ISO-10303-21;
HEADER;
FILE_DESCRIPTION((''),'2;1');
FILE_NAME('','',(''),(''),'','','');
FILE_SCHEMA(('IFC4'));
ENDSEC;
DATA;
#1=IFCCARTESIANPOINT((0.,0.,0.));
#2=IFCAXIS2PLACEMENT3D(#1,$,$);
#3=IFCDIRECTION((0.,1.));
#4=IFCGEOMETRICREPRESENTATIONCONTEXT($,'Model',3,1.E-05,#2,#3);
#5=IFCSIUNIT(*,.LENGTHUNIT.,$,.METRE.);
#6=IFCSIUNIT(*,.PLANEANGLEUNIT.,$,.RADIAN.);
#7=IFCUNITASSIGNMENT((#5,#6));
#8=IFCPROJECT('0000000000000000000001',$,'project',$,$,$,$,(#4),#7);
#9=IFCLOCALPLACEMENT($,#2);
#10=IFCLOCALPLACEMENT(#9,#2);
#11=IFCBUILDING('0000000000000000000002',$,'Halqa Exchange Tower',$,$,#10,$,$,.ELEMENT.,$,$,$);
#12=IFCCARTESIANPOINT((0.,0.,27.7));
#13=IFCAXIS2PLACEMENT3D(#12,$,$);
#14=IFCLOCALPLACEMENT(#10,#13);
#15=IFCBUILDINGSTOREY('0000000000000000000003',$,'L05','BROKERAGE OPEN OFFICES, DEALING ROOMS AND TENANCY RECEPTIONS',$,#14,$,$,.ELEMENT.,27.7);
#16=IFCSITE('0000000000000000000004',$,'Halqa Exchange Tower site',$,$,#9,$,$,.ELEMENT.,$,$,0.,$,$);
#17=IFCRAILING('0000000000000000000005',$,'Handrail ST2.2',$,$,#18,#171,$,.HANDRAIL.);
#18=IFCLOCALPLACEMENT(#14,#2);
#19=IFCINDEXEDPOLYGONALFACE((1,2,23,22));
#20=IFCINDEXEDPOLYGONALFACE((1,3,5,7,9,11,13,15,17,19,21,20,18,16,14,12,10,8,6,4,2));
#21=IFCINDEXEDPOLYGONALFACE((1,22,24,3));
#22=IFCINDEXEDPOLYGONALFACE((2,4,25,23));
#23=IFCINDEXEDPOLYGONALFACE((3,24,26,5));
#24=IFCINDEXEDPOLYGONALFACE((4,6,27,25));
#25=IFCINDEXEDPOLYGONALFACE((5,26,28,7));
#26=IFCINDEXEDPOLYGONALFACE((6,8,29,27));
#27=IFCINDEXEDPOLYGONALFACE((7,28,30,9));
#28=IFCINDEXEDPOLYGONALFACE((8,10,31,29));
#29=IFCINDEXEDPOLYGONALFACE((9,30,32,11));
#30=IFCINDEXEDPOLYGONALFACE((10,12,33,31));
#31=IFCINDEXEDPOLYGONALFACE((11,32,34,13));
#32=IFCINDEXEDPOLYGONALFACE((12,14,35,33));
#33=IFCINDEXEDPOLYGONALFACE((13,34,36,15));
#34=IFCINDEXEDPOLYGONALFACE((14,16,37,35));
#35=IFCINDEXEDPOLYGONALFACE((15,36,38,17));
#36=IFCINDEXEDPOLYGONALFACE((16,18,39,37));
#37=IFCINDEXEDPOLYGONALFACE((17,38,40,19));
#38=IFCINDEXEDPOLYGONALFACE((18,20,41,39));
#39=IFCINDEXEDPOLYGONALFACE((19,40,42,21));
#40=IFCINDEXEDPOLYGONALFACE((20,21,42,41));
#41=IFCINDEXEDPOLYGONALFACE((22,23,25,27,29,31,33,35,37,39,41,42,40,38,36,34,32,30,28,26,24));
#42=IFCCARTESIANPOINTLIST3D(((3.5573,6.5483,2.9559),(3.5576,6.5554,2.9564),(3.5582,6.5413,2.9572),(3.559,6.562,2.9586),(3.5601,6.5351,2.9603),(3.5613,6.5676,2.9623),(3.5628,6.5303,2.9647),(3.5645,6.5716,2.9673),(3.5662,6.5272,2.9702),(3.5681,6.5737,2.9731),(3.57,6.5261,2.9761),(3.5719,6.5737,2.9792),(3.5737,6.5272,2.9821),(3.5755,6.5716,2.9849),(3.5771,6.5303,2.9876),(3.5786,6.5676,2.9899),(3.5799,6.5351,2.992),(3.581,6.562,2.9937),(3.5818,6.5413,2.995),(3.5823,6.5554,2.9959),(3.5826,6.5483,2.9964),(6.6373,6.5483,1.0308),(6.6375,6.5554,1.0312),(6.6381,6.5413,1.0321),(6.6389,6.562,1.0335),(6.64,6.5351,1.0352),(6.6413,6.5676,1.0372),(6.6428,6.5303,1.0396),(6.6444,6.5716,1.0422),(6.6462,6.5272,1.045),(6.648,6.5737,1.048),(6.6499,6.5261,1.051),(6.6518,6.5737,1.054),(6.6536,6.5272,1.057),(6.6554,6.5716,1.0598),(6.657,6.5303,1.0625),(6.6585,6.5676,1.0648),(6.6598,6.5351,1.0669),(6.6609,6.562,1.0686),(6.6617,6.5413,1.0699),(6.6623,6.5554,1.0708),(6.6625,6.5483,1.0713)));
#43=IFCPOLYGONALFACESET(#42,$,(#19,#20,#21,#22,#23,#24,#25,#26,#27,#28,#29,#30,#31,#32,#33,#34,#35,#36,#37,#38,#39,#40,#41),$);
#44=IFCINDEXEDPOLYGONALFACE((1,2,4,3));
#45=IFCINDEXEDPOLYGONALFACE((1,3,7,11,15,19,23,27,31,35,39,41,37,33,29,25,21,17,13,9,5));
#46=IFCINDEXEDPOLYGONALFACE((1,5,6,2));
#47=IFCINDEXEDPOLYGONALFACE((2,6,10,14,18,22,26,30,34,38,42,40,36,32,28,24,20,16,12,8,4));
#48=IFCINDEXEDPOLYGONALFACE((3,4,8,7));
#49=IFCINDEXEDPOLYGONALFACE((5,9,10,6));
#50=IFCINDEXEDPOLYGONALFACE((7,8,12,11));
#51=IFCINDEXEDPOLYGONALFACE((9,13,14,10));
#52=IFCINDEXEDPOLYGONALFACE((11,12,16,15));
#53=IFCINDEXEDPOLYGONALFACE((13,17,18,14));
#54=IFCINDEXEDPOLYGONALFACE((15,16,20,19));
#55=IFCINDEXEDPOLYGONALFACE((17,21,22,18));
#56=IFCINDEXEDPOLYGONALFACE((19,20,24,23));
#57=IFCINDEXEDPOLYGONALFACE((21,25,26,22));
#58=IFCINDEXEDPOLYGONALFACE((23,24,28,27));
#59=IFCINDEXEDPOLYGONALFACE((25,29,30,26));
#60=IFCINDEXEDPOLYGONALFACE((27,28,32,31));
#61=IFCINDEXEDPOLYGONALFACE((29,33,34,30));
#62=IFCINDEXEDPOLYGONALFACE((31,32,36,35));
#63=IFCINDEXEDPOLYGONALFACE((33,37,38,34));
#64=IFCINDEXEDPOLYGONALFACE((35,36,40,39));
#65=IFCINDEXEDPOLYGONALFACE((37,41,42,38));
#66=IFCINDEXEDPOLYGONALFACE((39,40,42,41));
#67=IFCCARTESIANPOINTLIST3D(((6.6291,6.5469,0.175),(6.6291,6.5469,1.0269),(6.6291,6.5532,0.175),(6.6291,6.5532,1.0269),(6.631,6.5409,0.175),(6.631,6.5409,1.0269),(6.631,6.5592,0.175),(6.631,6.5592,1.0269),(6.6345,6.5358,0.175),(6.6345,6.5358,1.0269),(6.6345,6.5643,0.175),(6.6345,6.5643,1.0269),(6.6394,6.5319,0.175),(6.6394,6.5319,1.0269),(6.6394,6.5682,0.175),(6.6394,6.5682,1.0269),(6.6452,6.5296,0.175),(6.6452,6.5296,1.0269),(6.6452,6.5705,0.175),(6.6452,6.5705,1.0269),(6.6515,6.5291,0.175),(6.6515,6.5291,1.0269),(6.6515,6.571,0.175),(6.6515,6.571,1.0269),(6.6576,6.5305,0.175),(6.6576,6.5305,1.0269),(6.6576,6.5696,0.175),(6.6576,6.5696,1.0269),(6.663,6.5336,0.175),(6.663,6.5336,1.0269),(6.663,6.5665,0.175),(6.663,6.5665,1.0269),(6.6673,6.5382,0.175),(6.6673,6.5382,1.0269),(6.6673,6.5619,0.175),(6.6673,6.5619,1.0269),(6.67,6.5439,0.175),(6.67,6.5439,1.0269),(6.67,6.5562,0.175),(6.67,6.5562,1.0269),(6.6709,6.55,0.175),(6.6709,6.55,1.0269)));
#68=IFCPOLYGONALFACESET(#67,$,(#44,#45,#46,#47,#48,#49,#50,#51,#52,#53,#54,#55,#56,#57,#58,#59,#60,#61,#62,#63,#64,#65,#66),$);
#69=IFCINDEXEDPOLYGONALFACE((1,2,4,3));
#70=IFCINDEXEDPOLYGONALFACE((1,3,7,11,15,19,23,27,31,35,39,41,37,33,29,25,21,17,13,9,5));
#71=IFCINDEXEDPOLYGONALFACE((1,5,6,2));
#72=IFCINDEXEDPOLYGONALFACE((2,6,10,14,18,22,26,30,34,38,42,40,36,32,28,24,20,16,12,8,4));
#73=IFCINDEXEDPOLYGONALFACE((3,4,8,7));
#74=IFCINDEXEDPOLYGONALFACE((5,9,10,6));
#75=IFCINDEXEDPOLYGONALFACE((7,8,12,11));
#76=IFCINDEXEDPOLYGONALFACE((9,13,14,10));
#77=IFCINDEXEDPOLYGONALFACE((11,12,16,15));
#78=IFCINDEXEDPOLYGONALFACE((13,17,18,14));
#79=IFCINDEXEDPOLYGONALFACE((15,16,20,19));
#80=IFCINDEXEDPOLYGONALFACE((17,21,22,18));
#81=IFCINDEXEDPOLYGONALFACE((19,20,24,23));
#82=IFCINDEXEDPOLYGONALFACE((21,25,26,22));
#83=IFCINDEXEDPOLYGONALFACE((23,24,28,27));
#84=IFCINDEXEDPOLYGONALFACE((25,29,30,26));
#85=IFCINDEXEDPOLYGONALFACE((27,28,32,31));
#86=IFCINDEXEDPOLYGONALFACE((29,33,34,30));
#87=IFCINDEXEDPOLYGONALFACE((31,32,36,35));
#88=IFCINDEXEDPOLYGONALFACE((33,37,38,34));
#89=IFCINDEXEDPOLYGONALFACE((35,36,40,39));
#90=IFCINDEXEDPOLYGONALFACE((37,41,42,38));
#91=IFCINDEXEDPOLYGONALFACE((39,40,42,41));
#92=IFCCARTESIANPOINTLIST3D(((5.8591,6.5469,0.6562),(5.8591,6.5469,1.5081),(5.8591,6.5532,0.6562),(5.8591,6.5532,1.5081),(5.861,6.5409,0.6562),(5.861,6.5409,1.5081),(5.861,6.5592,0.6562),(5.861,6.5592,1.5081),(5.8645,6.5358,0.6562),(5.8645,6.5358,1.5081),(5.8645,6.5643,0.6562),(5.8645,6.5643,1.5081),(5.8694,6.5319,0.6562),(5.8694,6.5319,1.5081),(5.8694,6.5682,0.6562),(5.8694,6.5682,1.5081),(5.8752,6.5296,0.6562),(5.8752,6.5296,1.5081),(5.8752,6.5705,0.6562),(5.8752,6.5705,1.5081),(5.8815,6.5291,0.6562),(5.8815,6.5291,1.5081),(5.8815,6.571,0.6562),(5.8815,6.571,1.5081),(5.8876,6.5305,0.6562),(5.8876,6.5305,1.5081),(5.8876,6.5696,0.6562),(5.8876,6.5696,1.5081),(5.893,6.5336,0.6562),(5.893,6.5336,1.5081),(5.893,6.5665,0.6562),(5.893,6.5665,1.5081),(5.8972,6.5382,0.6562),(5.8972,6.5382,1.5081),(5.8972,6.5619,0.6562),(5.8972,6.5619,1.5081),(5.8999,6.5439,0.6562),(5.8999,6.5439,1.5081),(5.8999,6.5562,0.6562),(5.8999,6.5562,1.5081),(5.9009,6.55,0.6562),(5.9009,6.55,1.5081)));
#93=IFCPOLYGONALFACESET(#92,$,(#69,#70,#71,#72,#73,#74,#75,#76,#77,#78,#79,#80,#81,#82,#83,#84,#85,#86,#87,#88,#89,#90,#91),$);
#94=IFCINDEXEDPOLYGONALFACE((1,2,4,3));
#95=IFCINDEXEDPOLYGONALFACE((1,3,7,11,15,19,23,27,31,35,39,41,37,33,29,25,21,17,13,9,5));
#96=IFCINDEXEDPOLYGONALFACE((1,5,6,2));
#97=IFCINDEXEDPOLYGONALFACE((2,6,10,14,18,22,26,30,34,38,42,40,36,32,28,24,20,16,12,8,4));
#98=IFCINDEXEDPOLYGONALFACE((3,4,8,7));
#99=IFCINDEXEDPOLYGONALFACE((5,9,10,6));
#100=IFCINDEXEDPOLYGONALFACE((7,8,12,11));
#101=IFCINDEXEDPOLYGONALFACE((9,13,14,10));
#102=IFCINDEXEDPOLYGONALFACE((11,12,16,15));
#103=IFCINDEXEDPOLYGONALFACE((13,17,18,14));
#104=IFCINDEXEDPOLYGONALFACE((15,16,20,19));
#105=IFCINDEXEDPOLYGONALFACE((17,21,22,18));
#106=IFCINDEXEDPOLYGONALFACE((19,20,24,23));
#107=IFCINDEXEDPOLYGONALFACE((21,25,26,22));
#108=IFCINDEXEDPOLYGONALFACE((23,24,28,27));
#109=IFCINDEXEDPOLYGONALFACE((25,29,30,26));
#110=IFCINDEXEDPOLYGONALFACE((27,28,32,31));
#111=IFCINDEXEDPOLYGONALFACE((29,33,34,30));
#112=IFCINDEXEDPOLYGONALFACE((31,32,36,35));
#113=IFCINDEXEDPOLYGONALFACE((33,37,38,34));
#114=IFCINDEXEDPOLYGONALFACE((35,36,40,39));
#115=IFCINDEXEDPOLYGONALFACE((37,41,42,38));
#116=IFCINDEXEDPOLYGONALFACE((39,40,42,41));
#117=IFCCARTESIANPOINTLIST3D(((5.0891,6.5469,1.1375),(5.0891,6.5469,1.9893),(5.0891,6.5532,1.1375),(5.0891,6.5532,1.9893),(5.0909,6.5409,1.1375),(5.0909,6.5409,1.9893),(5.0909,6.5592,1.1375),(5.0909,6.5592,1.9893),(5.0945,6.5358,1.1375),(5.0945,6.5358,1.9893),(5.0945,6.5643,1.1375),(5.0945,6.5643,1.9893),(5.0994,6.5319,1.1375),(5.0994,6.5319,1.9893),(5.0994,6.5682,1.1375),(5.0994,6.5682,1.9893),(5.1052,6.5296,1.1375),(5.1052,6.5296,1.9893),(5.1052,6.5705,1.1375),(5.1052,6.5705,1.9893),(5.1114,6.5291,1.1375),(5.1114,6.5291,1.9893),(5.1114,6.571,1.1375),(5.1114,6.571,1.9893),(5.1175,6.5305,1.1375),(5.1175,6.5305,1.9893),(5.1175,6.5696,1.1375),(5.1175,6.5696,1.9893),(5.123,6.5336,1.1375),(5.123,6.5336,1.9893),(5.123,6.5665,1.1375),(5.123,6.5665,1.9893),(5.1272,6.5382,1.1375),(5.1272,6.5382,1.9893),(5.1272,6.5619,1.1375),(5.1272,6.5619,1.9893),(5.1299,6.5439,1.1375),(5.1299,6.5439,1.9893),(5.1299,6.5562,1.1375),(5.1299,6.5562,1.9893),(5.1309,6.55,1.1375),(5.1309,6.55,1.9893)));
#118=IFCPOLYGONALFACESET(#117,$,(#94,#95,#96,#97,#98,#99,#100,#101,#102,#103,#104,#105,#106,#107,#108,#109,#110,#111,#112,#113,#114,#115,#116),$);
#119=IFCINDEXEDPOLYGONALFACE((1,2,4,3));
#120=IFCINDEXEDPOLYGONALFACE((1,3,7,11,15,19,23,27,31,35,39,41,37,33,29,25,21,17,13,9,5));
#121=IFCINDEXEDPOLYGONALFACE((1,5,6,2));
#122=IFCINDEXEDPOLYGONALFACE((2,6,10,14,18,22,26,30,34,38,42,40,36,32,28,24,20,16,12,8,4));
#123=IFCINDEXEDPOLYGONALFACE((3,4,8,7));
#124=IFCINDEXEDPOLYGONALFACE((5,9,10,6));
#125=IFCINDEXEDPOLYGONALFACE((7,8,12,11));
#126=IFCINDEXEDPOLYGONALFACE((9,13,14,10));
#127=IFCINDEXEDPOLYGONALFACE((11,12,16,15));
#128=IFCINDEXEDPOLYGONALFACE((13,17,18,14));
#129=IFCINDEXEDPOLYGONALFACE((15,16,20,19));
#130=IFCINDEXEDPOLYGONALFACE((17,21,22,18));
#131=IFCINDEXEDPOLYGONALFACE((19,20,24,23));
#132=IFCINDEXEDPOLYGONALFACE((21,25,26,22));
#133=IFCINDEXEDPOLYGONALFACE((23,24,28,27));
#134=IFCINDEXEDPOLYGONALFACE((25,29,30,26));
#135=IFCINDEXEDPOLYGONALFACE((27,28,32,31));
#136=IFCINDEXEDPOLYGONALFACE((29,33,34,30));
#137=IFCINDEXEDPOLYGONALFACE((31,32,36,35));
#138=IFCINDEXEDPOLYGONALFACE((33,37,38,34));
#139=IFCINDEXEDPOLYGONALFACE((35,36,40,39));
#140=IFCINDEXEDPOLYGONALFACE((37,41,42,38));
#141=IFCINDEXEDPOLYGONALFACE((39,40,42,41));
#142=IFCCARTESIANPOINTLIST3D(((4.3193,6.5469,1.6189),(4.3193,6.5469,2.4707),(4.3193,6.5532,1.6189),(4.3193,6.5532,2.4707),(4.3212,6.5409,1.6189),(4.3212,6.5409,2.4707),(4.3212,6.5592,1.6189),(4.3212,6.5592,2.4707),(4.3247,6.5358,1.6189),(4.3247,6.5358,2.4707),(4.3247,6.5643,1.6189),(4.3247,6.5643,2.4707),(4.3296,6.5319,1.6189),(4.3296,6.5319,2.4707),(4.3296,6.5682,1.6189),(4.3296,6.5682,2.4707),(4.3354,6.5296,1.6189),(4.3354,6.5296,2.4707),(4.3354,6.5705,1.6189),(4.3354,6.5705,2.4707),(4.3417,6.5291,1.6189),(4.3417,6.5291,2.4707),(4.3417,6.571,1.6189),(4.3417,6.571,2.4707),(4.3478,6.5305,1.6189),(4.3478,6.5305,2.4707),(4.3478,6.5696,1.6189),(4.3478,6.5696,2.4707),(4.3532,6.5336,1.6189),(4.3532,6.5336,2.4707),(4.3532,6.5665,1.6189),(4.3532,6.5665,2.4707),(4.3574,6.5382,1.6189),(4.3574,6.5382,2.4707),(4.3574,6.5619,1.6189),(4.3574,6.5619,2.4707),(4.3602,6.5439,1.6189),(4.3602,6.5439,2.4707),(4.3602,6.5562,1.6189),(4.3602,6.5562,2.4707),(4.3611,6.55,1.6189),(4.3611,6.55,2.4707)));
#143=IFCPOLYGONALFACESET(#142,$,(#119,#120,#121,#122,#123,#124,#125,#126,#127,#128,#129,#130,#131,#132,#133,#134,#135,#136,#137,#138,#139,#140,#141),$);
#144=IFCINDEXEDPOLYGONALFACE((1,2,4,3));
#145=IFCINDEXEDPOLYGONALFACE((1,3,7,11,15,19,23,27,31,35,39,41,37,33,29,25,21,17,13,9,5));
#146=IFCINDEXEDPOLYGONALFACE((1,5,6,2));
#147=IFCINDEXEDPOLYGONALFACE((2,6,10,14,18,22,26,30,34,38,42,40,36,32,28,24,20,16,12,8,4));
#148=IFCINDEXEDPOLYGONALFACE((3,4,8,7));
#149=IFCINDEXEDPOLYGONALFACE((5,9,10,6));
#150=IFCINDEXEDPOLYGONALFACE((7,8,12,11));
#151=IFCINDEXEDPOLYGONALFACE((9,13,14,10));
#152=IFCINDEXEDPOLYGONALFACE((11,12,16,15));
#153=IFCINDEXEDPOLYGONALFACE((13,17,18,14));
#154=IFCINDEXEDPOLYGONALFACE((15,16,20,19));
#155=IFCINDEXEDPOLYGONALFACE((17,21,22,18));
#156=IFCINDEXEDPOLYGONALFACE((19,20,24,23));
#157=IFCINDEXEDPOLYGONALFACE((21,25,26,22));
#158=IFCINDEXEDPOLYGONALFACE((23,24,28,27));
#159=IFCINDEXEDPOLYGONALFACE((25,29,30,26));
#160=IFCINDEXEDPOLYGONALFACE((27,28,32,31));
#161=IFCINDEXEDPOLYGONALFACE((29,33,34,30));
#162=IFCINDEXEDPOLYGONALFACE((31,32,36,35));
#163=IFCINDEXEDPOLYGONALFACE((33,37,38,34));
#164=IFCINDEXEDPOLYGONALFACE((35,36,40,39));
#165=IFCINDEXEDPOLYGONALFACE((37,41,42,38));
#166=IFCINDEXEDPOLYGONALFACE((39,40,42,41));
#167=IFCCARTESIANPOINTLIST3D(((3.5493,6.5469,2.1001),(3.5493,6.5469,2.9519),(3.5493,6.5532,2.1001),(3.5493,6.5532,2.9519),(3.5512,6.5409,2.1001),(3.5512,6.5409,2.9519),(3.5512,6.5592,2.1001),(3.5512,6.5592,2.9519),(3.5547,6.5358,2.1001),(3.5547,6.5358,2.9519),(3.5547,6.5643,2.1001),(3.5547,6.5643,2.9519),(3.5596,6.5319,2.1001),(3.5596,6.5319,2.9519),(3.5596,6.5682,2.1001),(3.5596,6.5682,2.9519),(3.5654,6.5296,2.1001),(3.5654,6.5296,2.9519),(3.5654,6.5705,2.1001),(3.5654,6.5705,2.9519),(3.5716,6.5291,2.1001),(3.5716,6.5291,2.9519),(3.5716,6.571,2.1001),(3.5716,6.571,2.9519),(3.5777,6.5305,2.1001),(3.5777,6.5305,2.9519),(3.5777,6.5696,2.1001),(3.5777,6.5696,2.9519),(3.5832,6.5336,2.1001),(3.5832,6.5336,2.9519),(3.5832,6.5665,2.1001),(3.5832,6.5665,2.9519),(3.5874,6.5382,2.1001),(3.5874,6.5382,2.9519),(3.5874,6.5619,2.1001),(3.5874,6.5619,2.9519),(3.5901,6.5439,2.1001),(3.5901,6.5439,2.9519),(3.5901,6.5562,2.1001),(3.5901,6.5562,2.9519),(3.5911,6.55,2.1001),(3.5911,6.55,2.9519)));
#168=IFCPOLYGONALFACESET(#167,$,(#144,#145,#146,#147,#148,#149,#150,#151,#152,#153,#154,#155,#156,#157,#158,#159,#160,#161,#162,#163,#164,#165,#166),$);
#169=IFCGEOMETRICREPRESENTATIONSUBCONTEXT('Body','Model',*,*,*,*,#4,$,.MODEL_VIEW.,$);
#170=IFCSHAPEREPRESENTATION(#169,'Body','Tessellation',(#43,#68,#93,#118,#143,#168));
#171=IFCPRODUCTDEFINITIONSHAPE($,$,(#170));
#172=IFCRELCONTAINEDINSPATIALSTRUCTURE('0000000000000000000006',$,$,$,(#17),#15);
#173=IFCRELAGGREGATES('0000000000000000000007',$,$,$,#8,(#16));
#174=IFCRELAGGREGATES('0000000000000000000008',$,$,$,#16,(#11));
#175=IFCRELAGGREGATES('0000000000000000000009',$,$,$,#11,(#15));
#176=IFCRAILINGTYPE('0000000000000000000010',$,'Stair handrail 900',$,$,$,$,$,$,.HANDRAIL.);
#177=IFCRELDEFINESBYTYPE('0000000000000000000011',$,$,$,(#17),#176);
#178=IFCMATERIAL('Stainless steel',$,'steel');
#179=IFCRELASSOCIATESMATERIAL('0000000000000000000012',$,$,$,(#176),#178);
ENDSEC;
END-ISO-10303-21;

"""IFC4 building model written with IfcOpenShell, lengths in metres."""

from ifc_helpers import new_model, si_unit, direction, frame, origin, origin_2d, place, context, subcontext, project, spatial, circle, extrude, material, type_object, element, save


model = new_model("IFC4")

# Units and contexts
model_context = context("Model", 3, precision=1e-05, world=origin(), true_north=direction((0.0, 1.0)))
body_context = subcontext(model_context, "Body", "Model", "MODEL_VIEW")
ifc_project = project(units=[si_unit("LENGTHUNIT", "METRE"), si_unit("PLANEANGLEUNIT", "RADIAN")], contexts=[model_context])

# Site, building, storey
site_placement = place(None, origin())
site = spatial("IfcSite", under=ifc_project, at=site_placement, Name="Halqa Exchange Tower site", CompositionType="ELEMENT", RefElevation=0.0)
building_placement = place(site_placement, origin())
building = spatial("IfcBuilding", under=site, at=building_placement, Name="Halqa Exchange Tower", CompositionType="ELEMENT")
storey_placement = place(building_placement, frame((0.0, 0.0, 27.7)))
storey = spatial("IfcBuildingStorey", under=building, at=storey_placement, Name="L05", Description="BROKERAGE OPEN OFFICES, DEALING ROOMS AND TENANCY RECEPTIONS", CompositionType="ELEMENT", Elevation=27.7)

# Railing
ifc_material_1 = material(Name="Stainless steel", Category="steel")
railing_type_1 = type_object("IfcRailingType", Name="Stair handrail 900", PredefinedType="HANDRAIL", material=ifc_material_1)
railing_1_placement = place(storey_placement, frame((6.6499, 6.55, 0.175)))
element("IfcRailing", 1, at=railing_1_placement, inside=storey, type_object=railing_type_1, Name="Handrail ST2.2", PredefinedType="HANDRAIL", context=body_context, shape_type="SweptSolid", body=[
    extrude(circle(Radius=0.0239, at=origin_2d()), frame((0.0, 0.0, 0.876), z_axis=(-0.847979, 0.0, 0.530029), x_axis=(0.0, -1.0, 0.0)), (0.0, 0.0, 1.0), 3.6321),
    extrude(circle(Radius=0.021, at=origin_2d()), origin(), (0.0, 0.0, 1.0), 0.8518),
    extrude(circle(Radius=0.021, at=origin_2d()), frame((-0.77, 0.0, 0.4812)), (0.0, 0.0, 1.0), 0.8518),
    extrude(circle(Radius=0.021, at=origin_2d()), frame((-1.54, 0.0, 0.9624)), (0.0, 0.0, 1.0), 0.8518),
    extrude(circle(Radius=0.021, at=origin_2d()), frame((-2.3098, 0.0, 1.4438)), (0.0, 0.0, 1.0), 0.8518),
    extrude(circle(Radius=0.021, at=origin_2d()), frame((-3.0798, 0.0, 1.925)), (0.0, 0.0, 1.0), 0.8518),
])

save(model, "model.ifc")
